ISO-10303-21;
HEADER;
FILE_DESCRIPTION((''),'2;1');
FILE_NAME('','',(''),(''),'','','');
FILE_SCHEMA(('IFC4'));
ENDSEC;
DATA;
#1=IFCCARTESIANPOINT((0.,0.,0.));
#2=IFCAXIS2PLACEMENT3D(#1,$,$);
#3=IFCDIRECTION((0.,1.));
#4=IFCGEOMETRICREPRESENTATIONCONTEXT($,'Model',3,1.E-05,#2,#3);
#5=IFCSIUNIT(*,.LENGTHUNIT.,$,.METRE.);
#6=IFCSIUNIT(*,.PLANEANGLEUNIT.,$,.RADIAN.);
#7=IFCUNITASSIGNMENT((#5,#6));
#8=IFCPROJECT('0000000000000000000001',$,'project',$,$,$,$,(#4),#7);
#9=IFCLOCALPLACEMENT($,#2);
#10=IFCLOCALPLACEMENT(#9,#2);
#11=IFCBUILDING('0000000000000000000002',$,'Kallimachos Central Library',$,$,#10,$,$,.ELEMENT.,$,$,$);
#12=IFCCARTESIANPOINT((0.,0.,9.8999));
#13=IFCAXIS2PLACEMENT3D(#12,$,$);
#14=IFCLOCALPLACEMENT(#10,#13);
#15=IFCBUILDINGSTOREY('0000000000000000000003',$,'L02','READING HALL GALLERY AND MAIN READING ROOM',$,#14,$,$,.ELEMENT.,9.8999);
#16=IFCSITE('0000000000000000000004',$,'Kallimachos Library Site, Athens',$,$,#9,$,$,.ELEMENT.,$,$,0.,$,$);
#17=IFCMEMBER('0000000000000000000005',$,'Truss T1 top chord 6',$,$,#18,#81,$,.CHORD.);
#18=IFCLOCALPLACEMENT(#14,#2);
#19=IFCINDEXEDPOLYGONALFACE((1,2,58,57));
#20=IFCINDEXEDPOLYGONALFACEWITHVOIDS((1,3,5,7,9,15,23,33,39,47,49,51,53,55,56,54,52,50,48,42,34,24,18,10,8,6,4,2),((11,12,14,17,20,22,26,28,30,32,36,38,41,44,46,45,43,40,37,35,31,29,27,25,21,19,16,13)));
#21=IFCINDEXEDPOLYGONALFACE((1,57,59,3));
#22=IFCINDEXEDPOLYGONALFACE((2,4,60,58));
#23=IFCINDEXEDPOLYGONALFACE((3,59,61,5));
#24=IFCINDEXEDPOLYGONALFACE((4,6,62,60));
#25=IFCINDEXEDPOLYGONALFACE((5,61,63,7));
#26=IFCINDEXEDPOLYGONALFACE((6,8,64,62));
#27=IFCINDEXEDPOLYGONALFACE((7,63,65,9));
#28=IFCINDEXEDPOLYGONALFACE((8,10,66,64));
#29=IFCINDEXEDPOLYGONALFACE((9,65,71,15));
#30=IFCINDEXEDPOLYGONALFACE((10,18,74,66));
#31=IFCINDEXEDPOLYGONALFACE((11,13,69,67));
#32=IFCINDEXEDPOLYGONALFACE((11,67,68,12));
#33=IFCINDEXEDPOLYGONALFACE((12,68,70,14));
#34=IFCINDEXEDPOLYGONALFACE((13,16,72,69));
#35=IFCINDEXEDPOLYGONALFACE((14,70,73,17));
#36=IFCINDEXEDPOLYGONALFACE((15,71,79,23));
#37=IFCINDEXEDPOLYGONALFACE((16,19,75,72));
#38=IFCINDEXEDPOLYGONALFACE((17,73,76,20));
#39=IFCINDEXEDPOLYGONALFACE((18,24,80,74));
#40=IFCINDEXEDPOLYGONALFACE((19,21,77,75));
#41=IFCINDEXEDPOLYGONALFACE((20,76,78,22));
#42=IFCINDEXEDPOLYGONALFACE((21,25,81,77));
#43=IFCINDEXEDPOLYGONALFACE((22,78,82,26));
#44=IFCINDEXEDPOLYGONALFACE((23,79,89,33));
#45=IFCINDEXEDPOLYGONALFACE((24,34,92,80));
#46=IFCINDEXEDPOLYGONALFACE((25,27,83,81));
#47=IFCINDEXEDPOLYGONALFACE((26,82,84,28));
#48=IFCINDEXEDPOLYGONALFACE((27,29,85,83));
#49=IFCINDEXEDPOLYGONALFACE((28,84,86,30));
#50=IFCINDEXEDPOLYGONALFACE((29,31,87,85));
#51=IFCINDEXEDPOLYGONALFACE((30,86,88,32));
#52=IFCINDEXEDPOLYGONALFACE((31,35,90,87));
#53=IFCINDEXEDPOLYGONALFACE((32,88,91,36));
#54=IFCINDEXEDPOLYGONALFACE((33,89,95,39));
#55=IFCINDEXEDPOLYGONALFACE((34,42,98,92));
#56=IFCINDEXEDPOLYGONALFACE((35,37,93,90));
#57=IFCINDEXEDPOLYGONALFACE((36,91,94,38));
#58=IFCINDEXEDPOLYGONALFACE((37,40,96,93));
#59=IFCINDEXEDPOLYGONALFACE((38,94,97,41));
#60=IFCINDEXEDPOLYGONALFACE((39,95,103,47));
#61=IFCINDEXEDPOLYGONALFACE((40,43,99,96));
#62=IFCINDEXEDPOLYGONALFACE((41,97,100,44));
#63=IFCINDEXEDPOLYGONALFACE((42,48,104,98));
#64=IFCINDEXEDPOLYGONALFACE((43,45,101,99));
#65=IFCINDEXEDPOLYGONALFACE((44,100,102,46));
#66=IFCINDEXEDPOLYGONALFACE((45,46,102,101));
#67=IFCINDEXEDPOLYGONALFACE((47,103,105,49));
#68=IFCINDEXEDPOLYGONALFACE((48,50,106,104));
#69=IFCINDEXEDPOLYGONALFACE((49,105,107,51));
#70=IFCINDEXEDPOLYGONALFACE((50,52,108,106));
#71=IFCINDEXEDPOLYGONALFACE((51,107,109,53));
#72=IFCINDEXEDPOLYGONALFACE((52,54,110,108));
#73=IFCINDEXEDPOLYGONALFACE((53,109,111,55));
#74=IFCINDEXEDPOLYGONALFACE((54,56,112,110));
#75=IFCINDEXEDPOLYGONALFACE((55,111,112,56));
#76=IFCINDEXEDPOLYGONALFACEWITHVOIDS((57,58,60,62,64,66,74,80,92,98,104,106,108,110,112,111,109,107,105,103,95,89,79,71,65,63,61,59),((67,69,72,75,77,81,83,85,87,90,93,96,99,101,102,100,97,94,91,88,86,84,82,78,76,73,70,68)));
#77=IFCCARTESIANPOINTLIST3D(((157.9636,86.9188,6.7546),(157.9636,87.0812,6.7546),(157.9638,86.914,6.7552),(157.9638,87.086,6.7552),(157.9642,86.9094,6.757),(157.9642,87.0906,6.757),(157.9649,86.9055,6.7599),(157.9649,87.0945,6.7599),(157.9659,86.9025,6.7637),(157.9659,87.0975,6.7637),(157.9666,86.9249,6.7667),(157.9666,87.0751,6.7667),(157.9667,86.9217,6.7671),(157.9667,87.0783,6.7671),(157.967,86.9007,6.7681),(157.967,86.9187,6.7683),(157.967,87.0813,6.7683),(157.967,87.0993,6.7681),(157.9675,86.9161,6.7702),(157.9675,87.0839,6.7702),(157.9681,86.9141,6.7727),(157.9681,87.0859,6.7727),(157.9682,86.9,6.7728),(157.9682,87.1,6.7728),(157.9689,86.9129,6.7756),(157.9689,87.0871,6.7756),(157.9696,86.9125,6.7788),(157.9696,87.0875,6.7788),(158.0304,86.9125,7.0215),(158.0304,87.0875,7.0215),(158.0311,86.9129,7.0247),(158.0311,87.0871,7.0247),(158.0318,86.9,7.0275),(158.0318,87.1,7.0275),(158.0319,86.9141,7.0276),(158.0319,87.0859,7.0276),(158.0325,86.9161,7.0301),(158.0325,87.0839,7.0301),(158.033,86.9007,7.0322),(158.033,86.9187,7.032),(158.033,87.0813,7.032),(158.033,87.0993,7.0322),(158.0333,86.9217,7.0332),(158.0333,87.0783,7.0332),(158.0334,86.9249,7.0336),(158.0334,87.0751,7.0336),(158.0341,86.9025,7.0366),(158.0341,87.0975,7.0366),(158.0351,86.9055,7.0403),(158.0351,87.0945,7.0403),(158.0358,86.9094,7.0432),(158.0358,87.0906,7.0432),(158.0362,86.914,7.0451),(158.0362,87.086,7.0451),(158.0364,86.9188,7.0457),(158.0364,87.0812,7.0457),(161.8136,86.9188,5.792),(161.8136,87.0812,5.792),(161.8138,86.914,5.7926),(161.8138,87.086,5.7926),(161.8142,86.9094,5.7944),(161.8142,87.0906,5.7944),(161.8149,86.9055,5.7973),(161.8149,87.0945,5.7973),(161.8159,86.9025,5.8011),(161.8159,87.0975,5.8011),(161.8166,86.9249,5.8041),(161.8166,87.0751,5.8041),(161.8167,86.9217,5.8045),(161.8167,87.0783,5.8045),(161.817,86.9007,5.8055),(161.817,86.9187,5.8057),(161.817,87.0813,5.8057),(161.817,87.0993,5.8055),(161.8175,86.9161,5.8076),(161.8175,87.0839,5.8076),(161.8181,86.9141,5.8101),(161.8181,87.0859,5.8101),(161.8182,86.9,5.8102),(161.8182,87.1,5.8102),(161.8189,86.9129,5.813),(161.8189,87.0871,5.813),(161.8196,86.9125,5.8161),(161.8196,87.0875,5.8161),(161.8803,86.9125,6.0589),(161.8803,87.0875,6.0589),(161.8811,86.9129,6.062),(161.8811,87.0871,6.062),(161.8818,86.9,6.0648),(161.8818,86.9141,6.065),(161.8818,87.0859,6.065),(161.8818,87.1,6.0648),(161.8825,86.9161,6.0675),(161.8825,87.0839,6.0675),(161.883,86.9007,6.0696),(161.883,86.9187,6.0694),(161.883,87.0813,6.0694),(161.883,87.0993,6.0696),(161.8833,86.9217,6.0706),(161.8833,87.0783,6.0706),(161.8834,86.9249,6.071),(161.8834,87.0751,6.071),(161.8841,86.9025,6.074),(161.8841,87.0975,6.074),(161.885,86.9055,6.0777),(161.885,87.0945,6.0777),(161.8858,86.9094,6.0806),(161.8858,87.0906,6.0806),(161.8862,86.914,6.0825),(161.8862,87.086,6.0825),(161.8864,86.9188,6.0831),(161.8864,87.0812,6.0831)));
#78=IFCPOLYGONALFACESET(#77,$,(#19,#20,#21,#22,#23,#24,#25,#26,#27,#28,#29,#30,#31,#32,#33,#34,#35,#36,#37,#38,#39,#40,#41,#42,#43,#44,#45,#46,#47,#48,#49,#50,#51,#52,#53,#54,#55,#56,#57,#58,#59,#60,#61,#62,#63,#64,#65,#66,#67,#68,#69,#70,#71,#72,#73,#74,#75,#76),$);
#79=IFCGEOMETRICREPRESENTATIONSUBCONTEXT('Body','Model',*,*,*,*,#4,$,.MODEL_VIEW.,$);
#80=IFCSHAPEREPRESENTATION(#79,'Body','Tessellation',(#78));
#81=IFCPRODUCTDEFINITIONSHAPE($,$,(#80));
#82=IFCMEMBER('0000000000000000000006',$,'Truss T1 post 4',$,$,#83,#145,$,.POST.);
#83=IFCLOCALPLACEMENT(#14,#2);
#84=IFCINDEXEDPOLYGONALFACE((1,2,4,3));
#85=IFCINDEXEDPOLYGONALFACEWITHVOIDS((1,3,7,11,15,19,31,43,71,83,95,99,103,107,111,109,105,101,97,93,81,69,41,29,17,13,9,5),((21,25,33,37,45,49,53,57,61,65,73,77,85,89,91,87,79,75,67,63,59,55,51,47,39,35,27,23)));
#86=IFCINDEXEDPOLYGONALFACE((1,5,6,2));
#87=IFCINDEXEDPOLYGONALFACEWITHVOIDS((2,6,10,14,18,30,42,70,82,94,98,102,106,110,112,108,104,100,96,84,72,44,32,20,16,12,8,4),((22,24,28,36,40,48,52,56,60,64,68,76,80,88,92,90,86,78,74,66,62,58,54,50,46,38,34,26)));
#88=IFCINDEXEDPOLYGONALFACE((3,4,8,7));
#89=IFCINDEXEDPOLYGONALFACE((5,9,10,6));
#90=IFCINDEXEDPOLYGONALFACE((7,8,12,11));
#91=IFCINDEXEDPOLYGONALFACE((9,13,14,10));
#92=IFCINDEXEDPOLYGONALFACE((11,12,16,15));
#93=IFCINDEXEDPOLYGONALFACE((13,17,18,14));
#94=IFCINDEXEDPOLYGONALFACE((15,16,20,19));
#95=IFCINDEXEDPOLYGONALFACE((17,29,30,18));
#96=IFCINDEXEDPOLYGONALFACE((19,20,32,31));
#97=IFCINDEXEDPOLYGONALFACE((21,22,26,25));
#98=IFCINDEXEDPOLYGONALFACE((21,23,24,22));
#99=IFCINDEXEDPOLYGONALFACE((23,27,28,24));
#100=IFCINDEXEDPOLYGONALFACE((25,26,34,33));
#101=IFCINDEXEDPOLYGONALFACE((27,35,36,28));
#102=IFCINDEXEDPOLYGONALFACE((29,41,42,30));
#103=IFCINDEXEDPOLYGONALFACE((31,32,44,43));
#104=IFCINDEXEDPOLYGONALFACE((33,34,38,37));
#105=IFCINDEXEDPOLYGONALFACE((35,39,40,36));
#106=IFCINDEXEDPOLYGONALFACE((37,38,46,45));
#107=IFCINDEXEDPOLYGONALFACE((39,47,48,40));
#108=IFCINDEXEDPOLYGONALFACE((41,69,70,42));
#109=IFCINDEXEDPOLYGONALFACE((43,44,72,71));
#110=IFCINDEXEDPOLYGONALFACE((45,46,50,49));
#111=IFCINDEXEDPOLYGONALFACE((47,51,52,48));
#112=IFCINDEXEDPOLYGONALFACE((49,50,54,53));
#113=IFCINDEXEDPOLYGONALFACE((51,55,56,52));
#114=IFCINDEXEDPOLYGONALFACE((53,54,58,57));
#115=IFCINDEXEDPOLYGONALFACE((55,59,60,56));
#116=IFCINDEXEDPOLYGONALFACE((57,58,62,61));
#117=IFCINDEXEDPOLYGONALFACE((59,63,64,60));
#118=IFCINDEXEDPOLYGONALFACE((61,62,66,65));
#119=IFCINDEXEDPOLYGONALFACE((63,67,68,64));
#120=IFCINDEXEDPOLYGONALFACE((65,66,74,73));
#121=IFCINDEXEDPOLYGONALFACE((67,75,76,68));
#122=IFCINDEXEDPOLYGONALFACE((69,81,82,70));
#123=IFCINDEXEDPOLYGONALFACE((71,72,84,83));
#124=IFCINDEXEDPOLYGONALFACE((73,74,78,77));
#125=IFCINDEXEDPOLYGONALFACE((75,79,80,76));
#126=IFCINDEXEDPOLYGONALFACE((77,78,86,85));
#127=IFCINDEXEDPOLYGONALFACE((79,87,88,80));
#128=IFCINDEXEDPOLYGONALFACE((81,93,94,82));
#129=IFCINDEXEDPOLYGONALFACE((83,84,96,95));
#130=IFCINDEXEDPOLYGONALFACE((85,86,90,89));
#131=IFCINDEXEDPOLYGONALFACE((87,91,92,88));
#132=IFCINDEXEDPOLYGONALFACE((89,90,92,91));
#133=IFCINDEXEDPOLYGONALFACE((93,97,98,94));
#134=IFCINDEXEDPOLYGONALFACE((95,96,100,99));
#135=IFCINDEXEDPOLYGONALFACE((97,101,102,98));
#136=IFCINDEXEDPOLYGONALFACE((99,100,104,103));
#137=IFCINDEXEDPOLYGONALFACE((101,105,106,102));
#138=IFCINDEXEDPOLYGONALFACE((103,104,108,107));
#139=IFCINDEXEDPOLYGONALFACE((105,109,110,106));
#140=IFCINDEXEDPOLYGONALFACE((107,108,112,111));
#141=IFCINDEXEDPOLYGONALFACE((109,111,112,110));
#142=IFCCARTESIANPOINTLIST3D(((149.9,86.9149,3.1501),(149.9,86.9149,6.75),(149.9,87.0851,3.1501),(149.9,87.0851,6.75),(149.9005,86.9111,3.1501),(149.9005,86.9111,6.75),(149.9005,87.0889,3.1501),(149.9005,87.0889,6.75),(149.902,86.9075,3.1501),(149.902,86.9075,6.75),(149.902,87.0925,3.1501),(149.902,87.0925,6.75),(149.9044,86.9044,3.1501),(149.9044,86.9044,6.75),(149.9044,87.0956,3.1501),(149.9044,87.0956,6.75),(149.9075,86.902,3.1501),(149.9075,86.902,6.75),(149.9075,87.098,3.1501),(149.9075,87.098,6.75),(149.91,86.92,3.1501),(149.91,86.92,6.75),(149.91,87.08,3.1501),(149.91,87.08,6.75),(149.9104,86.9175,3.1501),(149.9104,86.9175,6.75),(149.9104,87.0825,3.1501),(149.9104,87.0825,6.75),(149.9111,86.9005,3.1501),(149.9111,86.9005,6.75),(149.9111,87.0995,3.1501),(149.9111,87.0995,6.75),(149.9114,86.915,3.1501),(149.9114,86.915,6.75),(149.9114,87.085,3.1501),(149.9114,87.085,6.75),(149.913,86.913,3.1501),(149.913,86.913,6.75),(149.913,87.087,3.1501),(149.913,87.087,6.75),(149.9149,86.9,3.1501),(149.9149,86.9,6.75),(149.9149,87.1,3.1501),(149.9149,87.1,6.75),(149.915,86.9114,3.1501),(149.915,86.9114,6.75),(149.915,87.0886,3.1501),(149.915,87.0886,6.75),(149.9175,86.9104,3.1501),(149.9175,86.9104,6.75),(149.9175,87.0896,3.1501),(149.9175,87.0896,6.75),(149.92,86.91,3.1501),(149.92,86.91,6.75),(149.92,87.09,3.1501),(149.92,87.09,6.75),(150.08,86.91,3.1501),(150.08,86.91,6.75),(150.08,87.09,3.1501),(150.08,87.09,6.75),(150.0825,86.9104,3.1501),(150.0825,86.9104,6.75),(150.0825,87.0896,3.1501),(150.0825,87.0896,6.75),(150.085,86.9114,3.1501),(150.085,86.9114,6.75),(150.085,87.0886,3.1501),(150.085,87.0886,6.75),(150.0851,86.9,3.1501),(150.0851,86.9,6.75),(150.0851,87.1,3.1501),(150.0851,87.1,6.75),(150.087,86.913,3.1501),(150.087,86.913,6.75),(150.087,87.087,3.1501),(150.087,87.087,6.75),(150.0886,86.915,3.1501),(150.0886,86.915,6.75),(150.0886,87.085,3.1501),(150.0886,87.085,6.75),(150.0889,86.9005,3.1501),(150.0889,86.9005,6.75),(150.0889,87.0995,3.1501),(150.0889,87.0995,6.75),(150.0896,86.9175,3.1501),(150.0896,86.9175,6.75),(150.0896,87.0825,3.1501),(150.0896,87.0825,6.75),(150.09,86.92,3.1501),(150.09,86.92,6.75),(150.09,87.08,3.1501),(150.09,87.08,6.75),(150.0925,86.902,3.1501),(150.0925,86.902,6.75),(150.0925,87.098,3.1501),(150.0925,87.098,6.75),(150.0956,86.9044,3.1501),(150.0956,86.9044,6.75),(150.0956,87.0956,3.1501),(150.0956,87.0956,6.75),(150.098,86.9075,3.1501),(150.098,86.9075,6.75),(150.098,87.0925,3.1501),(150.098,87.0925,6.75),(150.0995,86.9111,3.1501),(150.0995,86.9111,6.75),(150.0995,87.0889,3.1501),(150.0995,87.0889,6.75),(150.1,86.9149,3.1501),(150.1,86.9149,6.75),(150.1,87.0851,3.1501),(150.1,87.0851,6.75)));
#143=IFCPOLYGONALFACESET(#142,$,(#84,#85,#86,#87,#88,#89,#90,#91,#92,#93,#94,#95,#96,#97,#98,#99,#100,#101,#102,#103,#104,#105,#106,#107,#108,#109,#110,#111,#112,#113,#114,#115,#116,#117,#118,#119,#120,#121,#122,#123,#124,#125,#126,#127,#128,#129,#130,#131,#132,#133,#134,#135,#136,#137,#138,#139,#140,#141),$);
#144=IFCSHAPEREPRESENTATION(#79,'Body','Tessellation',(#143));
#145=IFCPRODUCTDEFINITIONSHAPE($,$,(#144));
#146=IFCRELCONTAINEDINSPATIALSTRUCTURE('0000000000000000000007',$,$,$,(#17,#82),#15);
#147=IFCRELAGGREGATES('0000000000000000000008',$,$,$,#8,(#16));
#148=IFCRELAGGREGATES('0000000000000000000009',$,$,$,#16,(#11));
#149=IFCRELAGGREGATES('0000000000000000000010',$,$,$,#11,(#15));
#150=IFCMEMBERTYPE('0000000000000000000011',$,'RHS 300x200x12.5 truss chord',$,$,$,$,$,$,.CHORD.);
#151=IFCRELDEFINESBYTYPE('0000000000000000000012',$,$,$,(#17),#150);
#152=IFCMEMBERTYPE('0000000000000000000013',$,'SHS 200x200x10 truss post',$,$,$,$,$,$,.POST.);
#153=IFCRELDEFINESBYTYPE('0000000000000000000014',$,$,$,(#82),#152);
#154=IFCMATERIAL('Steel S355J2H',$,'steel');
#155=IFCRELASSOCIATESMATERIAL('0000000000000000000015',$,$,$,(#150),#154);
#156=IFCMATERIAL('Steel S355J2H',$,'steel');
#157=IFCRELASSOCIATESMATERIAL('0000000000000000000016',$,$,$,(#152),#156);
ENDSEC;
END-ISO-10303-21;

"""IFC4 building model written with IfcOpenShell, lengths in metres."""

from ifc_helpers import new_model, si_unit, direction, frame, origin, origin_2d, place, context, subcontext, project, spatial, hollow_rectangle, extrude, material, material_profile, profile_set, type_object, element, save


model = new_model("IFC4")

# Units and contexts
model_context = context("Model", 3, precision=1e-05, world=origin(), true_north=direction((0.0, 1.0)))
body_context = subcontext(model_context, "Body", "Model", "MODEL_VIEW")
ifc_project = project(units=[si_unit("LENGTHUNIT", "METRE"), si_unit("PLANEANGLEUNIT", "RADIAN")], contexts=[model_context])

# Site, building, storey
site_placement = place(None, origin())
site = spatial("IfcSite", under=ifc_project, at=site_placement, Name="Kallimachos Library Site, Athens", CompositionType="ELEMENT", RefElevation=0.0)
building_placement = place(site_placement, origin())
building = spatial("IfcBuilding", under=site, at=building_placement, Name="Kallimachos Central Library", CompositionType="ELEMENT")
storey_placement = place(building_placement, frame((0.0, 0.0, 9.8999)))
storey = spatial("IfcBuildingStorey", under=building, at=storey_placement, Name="L02", Description="READING HALL GALLERY AND MAIN READING ROOM", CompositionType="ELEMENT", Elevation=9.8999)

# Members
ifc_material_1 = material(Name="Steel S355J2H", Category="steel")
ifc_material_profile_1 = material_profile(ifc_material_1, hollow_rectangle(XDim=0.2, YDim=0.3, WallThickness=0.0125, InnerFilletRadius=0.0125, OuterFilletRadius=0.0188, at=origin_2d()), Name="RHS 300x200x12.5")
ifc_profile_set_1 = profile_set([ifc_material_profile_1], Name="Steel S355J2H")
member_type_1 = type_object("IfcMemberType", Name="RHS 300x200x12.5 truss chord", PredefinedType="CHORD", material=ifc_profile_set_1)
member_1_placement = place(storey_placement, frame((158.0, 87.0, 6.9001), z_axis=(0.970135, 0.0, -0.242565), x_axis=(0.0, 1.0, 0.0)))
element("IfcMember", 1, at=member_1_placement, inside=storey, type_object=member_type_1, Name="Truss T1 top chord 6", PredefinedType="CHORD", context=body_context, shape_type="SweptSolid", body=[
    extrude(hollow_rectangle(XDim=0.2, YDim=0.3, WallThickness=0.0125, InnerFilletRadius=0.0125, OuterFilletRadius=0.0188, at=origin_2d()), origin(), (0.0, 0.0, 1.0), 3.9685),
])
ifc_material_2 = material(Name="Steel S355J2H", Category="steel")
ifc_material_profile_2 = material_profile(ifc_material_2, hollow_rectangle(XDim=0.2, YDim=0.2, WallThickness=0.01, InnerFilletRadius=0.01, OuterFilletRadius=0.0149, at=origin_2d()), Name="SHS 200x200x10")
ifc_profile_set_2 = profile_set([ifc_material_profile_2], Name="Steel S355J2H")
member_type_2 = type_object("IfcMemberType", Name="SHS 200x200x10 truss post", PredefinedType="POST", material=ifc_profile_set_2)
member_2_placement = place(storey_placement, frame((150.0, 87.0, 3.1501), z_axis=(0.0, 0.0, 1.0), x_axis=(1.0, 0.0, 0.0)))
element("IfcMember", 2, at=member_2_placement, inside=storey, type_object=member_type_2, Name="Truss T1 post 4", PredefinedType="POST", context=body_context, shape_type="SweptSolid", body=[
    extrude(hollow_rectangle(XDim=0.2, YDim=0.2, WallThickness=0.01, InnerFilletRadius=0.01, OuterFilletRadius=0.0149, at=origin_2d()), origin(), (0.0, 0.0, 1.0), 3.5999),
])

save(model, "model.ifc")
